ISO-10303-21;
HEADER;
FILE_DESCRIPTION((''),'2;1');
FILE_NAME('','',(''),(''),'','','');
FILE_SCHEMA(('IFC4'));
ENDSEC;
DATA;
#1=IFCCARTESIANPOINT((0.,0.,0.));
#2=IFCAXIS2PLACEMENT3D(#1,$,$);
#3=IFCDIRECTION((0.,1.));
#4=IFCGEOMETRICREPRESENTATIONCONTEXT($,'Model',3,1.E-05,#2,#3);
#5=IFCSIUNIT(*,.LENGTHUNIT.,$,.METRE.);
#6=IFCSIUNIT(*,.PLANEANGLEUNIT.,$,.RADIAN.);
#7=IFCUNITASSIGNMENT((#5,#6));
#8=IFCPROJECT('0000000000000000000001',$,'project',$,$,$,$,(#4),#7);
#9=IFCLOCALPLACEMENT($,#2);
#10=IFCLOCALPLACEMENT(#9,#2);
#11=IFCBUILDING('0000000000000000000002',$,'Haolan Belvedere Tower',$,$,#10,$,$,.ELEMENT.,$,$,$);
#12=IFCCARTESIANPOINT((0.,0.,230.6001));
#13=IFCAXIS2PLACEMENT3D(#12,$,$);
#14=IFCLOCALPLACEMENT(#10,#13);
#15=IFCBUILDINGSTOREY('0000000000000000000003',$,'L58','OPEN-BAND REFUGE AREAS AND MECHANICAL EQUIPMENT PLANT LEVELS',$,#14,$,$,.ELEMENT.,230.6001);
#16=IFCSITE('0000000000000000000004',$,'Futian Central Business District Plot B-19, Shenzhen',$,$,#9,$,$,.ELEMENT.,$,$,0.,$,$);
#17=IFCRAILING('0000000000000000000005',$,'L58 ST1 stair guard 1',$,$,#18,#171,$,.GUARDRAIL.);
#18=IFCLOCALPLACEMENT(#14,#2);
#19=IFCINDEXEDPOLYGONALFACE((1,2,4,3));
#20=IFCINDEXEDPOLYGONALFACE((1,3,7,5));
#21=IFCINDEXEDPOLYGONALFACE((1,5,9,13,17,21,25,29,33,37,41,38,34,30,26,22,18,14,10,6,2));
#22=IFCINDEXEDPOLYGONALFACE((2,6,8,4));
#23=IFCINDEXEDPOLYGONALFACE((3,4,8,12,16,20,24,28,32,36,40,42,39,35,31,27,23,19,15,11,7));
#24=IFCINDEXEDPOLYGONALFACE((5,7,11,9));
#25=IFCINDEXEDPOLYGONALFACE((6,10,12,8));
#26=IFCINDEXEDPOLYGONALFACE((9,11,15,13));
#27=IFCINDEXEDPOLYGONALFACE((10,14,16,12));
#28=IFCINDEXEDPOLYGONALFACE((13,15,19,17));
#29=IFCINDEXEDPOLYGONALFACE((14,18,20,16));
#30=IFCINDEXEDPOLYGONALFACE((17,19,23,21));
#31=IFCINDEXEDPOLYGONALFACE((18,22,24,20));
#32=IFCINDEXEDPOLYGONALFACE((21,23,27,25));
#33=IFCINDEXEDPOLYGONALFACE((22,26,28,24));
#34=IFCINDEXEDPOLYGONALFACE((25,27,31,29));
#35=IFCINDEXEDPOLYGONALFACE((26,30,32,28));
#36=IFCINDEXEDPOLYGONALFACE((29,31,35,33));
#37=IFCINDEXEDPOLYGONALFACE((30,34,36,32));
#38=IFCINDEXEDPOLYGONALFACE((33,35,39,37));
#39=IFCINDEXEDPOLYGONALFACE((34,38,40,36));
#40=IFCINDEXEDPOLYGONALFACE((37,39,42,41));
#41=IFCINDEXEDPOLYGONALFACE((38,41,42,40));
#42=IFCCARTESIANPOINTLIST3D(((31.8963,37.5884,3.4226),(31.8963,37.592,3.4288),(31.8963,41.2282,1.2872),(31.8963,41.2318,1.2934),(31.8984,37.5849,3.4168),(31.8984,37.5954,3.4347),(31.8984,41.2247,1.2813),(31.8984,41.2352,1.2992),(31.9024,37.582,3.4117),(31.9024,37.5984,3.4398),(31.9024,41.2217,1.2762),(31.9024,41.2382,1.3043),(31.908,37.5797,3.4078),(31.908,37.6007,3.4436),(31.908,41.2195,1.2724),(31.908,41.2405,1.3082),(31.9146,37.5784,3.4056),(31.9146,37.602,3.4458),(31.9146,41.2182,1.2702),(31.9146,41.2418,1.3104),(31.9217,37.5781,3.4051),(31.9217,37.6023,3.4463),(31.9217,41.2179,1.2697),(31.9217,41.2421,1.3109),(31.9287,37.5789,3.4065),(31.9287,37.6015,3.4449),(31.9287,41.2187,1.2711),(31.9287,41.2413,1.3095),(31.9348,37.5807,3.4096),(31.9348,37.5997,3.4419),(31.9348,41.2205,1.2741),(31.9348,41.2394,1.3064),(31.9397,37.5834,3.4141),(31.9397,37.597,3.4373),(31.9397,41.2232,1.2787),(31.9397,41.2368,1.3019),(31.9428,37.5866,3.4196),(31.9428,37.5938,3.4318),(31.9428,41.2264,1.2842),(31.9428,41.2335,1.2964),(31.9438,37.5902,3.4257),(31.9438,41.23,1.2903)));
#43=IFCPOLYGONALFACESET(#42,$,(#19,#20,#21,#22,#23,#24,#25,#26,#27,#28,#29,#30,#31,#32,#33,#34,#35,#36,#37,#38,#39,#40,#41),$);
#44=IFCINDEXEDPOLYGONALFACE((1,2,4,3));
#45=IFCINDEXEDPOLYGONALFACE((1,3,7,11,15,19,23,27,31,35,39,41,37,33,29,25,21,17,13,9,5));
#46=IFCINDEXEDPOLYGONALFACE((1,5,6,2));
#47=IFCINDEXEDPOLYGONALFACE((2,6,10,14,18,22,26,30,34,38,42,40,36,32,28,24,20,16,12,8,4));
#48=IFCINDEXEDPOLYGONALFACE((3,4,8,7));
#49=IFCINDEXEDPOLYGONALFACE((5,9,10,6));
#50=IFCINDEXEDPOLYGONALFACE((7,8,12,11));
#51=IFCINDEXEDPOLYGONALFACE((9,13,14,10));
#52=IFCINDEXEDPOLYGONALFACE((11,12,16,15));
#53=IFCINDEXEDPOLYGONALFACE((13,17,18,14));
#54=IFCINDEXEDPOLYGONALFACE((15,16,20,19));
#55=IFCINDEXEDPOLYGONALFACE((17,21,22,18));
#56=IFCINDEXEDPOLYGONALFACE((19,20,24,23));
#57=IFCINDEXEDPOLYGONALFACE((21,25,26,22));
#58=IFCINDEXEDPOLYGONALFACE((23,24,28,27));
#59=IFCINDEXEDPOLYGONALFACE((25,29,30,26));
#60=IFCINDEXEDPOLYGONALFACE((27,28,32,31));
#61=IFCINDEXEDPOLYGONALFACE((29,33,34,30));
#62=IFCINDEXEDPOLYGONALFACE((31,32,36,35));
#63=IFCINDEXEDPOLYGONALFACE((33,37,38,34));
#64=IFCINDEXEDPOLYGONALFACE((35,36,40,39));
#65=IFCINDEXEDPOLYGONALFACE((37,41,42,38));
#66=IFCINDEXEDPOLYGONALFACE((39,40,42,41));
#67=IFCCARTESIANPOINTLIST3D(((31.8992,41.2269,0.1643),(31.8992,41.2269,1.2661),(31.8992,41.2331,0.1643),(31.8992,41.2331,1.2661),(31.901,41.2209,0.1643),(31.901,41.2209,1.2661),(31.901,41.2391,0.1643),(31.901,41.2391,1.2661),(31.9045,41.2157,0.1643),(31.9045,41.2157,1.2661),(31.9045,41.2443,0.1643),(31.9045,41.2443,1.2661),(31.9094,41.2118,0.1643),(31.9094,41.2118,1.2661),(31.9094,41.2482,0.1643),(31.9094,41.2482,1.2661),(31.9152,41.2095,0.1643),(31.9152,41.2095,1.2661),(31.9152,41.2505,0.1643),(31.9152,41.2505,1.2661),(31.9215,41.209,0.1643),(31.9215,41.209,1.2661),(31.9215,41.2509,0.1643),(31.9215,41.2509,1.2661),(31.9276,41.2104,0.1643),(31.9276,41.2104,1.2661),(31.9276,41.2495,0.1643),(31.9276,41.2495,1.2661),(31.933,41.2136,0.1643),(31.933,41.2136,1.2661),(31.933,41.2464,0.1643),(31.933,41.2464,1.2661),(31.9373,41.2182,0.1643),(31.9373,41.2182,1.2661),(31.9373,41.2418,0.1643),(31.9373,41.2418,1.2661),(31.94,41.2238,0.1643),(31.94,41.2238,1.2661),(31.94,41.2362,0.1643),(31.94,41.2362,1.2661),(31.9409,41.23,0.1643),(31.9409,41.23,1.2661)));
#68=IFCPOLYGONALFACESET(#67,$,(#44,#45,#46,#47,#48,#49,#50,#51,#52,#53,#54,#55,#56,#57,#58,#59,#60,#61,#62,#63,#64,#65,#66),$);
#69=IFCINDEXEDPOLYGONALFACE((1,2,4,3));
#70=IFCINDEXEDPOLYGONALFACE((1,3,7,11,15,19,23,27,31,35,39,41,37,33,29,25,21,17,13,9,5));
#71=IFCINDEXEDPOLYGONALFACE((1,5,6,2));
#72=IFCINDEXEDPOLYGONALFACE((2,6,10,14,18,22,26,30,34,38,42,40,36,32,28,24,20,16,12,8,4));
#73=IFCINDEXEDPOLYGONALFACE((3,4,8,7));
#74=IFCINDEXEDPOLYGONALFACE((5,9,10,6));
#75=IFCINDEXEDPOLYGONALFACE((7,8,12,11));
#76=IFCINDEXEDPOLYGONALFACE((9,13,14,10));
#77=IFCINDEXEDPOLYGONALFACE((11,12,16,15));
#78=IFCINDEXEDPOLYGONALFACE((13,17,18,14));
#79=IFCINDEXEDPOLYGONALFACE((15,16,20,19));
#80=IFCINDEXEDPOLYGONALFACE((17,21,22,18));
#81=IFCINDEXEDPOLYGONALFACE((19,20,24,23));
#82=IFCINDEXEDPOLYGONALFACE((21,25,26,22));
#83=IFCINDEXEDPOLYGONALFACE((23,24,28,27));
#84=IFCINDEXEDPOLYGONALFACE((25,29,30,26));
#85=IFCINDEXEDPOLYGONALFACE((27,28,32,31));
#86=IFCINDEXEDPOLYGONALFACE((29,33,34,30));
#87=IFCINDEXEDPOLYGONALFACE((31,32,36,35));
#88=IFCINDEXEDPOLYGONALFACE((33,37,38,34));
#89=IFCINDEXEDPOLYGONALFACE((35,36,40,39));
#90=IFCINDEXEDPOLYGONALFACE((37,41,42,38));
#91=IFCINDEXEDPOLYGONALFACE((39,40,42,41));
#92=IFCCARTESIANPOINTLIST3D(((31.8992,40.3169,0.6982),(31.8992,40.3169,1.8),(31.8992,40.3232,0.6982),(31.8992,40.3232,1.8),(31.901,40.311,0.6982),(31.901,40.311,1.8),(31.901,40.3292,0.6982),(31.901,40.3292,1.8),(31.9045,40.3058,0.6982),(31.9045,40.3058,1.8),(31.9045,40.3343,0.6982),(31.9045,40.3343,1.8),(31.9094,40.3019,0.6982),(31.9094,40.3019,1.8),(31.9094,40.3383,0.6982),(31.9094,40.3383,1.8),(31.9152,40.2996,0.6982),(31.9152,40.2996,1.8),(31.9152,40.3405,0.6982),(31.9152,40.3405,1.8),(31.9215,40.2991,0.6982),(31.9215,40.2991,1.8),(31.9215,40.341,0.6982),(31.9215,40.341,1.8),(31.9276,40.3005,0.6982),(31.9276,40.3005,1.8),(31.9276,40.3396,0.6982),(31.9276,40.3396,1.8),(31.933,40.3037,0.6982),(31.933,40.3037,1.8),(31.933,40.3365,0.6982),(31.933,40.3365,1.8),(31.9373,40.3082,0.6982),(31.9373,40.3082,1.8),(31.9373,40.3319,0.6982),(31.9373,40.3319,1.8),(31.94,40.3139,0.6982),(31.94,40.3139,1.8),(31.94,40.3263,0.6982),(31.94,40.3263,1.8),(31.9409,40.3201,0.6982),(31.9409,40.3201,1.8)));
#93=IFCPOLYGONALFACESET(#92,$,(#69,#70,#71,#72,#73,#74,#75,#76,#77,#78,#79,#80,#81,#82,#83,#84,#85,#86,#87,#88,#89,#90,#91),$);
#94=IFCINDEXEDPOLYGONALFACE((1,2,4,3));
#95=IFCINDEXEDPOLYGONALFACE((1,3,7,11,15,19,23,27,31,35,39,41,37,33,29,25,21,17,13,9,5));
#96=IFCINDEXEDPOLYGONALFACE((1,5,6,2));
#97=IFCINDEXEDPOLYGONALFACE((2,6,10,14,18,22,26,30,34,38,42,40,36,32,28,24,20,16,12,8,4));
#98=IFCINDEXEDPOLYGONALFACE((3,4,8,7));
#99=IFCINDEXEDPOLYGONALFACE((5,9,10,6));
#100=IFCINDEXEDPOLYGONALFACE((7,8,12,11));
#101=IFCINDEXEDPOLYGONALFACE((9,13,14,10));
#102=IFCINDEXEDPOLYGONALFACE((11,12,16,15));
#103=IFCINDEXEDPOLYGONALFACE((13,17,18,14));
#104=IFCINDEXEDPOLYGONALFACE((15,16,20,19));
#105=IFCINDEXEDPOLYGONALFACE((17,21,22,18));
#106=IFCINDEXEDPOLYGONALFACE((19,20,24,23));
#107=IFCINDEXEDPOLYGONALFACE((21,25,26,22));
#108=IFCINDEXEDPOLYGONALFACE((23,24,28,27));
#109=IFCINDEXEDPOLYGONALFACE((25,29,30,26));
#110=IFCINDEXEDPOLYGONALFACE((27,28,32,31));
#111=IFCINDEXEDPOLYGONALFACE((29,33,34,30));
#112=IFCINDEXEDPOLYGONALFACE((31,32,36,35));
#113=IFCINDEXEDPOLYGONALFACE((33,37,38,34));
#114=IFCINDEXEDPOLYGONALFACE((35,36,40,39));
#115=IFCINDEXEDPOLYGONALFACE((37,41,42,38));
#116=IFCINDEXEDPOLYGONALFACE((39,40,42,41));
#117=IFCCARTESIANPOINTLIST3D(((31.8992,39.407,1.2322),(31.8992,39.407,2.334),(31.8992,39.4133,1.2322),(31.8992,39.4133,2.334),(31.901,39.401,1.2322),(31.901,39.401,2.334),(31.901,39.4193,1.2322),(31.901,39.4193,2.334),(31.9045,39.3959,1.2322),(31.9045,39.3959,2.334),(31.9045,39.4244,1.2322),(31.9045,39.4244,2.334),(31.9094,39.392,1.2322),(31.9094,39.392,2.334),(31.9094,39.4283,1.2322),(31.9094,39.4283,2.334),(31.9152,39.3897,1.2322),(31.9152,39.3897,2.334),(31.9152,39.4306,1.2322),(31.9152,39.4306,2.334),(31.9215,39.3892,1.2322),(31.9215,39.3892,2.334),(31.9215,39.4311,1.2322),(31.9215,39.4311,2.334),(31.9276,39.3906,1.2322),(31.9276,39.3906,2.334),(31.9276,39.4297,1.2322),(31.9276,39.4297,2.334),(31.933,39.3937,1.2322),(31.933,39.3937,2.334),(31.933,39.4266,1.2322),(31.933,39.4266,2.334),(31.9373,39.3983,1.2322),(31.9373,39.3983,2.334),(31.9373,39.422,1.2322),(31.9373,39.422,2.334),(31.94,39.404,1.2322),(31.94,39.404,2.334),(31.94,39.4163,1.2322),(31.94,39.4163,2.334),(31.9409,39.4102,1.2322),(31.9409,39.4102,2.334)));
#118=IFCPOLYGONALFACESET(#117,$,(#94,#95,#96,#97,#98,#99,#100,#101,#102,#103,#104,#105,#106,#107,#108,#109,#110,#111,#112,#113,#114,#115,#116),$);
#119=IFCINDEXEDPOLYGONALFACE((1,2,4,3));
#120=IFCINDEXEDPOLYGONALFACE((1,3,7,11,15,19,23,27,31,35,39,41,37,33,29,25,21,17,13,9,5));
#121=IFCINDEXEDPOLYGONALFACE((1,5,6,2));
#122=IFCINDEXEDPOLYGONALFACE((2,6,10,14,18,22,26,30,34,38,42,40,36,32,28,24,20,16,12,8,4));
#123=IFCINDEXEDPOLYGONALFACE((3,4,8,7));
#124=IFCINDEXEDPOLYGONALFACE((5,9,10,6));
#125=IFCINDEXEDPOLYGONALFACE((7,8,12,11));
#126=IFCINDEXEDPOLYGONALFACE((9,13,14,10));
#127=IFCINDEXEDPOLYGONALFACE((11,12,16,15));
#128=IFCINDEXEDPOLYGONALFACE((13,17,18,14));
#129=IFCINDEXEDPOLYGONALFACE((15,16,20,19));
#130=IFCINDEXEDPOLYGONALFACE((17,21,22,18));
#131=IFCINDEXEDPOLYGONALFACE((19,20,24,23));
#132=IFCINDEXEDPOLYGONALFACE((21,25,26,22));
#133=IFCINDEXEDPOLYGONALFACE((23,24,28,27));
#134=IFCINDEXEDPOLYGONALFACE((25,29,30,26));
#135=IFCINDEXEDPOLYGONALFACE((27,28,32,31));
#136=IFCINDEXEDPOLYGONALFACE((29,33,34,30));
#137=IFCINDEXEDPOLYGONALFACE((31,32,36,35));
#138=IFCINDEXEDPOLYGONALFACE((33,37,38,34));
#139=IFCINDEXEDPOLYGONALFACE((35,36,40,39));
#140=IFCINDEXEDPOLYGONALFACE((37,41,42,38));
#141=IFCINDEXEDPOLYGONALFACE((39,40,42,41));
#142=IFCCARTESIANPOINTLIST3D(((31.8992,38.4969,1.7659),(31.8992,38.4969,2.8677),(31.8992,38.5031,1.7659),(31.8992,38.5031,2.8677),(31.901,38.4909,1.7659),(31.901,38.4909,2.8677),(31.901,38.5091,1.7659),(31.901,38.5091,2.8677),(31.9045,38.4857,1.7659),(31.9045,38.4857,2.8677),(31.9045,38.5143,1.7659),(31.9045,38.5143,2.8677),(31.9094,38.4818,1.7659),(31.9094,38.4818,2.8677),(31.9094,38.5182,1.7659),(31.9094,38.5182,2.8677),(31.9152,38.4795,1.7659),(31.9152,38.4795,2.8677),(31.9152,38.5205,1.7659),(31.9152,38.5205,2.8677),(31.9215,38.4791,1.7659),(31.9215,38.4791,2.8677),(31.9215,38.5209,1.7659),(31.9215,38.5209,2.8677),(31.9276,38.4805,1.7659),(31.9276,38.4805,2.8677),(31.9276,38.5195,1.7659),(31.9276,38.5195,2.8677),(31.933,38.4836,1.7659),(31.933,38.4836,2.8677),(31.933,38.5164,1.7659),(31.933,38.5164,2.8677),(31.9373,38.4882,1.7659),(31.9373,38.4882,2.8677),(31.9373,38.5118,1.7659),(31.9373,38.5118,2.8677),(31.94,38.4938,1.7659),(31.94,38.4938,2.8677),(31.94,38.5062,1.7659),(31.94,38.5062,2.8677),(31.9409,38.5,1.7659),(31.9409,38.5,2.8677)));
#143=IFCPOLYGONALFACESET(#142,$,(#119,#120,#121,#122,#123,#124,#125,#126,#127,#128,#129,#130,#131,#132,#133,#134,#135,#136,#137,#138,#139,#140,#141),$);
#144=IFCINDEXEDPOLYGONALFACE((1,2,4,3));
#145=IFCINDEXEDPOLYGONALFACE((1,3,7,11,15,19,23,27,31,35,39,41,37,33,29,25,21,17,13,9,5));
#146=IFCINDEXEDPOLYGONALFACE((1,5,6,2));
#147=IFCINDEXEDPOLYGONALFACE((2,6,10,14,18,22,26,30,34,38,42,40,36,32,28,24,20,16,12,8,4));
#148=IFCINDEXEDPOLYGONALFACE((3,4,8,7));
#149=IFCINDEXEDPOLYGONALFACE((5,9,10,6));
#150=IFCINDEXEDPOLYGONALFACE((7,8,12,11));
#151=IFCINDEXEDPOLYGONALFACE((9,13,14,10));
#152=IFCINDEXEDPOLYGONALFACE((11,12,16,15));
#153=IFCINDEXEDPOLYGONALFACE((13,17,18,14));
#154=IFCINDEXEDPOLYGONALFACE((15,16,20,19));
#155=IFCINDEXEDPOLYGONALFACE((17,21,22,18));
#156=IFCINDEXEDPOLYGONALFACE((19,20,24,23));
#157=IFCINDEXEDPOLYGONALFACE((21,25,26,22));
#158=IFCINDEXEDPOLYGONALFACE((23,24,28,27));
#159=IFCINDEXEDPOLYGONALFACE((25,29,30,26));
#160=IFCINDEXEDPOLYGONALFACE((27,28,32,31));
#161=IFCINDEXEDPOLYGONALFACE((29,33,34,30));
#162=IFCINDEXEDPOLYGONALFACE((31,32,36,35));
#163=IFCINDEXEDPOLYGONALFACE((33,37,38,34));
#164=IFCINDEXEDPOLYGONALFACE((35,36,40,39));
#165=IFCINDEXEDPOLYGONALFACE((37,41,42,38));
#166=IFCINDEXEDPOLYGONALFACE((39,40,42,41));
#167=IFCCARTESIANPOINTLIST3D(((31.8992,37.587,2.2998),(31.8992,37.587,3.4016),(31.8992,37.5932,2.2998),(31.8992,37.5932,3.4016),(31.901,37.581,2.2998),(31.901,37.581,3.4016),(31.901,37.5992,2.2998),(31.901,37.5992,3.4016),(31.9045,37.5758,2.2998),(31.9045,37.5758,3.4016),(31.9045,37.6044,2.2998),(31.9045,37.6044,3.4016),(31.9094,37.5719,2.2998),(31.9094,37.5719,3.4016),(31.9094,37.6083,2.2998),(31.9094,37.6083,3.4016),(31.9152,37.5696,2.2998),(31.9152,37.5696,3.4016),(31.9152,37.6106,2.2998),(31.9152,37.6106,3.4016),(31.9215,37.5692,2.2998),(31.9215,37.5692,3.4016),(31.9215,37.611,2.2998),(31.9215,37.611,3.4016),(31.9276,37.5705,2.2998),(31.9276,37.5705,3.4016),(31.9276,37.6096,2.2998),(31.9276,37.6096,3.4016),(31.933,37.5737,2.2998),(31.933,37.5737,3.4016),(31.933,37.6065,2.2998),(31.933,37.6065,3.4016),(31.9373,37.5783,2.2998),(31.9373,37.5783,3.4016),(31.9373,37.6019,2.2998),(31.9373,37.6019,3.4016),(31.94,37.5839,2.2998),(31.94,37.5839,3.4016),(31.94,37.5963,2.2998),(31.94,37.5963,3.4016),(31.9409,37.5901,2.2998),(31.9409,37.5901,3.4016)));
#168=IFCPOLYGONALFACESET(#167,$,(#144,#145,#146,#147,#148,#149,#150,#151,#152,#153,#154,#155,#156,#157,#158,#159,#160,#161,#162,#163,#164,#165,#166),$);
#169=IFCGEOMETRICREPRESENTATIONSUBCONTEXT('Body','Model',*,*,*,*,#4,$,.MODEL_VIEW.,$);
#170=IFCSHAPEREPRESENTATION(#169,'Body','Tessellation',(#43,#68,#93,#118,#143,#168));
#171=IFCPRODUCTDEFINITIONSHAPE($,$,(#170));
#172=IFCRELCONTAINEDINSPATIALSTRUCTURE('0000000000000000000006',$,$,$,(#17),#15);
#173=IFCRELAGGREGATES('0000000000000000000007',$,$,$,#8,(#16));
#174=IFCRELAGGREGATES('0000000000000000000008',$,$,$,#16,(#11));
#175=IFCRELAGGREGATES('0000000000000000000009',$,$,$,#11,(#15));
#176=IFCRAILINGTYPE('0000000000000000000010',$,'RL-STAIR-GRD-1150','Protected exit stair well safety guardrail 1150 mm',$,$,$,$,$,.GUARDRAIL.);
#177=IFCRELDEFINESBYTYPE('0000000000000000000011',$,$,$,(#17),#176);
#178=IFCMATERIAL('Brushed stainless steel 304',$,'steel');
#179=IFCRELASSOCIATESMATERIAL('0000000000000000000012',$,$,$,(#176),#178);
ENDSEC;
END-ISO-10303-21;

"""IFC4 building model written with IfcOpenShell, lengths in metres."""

from ifc_helpers import new_model, si_unit, direction, frame, origin, origin_2d, place, context, subcontext, project, spatial, circle, extrude, material, type_object, element, save


model = new_model("IFC4")

# Units and contexts
model_context = context("Model", 3, precision=1e-05, world=origin(), true_north=direction((0.0, 1.0)))
body_context = subcontext(model_context, "Body", "Model", "MODEL_VIEW")
ifc_project = project(units=[si_unit("LENGTHUNIT", "METRE"), si_unit("PLANEANGLEUNIT", "RADIAN")], contexts=[model_context])

# Site, building, storey
site_placement = place(None, origin())
site = spatial("IfcSite", under=ifc_project, at=site_placement, Name="Futian Central Business District Plot B-19, Shenzhen", CompositionType="ELEMENT", RefElevation=0.0)
building_placement = place(site_placement, origin())
building = spatial("IfcBuilding", under=site, at=building_placement, Name="Haolan Belvedere Tower", CompositionType="ELEMENT")
storey_placement = place(building_placement, frame((0.0, 0.0, 230.6001)))
storey = spatial("IfcBuildingStorey", under=building, at=storey_placement, Name="L58", Description="OPEN-BAND REFUGE AREAS AND MECHANICAL EQUIPMENT PLANT LEVELS", CompositionType="ELEMENT", Elevation=230.6001)

# Railing
ifc_material_1 = material(Name="Brushed stainless steel 304", Category="steel")
railing_type_1 = type_object("IfcRailingType", Name="RL-STAIR-GRD-1150", Description="Protected exit stair well safety guardrail 1150 mm", PredefinedType="GUARDRAIL", material=ifc_material_1)
railing_1_placement = place(storey_placement, frame((31.9199, 41.23, 0.1643)))
element("IfcRailing", 1, at=railing_1_placement, inside=storey, type_object=railing_type_1, Name="L58 ST1 stair guard 1", PredefinedType="GUARDRAIL", context=body_context, shape_type="SweptSolid", body=[
    extrude(circle(Radius=0.0239, at=origin_2d()), frame((0.0, 0.0, 1.126), z_axis=(0.0, -0.862515, 0.506031), x_axis=(1.0, 0.0, 0.0)), (0.0, 0.0, 1.0), 4.22),
    extrude(circle(Radius=0.021, at=origin_2d()), origin(), (0.0, 0.0, 1.0), 1.1018),
    extrude(circle(Radius=0.021, at=origin_2d()), frame((0.0, -0.9099, 0.5339)), (0.0, 0.0, 1.0), 1.1018),
    extrude(circle(Radius=0.021, at=origin_2d()), frame((0.0, -1.8198, 1.0679)), (0.0, 0.0, 1.0), 1.1018),
    extrude(circle(Radius=0.021, at=origin_2d()), frame((0.0, -2.73, 1.6016)), (0.0, 0.0, 1.0), 1.1018),
    extrude(circle(Radius=0.021, at=origin_2d()), frame((0.0, -3.6399, 2.1355)), (0.0, 0.0, 1.0), 1.1018),
])

save(model, "model.ifc")
